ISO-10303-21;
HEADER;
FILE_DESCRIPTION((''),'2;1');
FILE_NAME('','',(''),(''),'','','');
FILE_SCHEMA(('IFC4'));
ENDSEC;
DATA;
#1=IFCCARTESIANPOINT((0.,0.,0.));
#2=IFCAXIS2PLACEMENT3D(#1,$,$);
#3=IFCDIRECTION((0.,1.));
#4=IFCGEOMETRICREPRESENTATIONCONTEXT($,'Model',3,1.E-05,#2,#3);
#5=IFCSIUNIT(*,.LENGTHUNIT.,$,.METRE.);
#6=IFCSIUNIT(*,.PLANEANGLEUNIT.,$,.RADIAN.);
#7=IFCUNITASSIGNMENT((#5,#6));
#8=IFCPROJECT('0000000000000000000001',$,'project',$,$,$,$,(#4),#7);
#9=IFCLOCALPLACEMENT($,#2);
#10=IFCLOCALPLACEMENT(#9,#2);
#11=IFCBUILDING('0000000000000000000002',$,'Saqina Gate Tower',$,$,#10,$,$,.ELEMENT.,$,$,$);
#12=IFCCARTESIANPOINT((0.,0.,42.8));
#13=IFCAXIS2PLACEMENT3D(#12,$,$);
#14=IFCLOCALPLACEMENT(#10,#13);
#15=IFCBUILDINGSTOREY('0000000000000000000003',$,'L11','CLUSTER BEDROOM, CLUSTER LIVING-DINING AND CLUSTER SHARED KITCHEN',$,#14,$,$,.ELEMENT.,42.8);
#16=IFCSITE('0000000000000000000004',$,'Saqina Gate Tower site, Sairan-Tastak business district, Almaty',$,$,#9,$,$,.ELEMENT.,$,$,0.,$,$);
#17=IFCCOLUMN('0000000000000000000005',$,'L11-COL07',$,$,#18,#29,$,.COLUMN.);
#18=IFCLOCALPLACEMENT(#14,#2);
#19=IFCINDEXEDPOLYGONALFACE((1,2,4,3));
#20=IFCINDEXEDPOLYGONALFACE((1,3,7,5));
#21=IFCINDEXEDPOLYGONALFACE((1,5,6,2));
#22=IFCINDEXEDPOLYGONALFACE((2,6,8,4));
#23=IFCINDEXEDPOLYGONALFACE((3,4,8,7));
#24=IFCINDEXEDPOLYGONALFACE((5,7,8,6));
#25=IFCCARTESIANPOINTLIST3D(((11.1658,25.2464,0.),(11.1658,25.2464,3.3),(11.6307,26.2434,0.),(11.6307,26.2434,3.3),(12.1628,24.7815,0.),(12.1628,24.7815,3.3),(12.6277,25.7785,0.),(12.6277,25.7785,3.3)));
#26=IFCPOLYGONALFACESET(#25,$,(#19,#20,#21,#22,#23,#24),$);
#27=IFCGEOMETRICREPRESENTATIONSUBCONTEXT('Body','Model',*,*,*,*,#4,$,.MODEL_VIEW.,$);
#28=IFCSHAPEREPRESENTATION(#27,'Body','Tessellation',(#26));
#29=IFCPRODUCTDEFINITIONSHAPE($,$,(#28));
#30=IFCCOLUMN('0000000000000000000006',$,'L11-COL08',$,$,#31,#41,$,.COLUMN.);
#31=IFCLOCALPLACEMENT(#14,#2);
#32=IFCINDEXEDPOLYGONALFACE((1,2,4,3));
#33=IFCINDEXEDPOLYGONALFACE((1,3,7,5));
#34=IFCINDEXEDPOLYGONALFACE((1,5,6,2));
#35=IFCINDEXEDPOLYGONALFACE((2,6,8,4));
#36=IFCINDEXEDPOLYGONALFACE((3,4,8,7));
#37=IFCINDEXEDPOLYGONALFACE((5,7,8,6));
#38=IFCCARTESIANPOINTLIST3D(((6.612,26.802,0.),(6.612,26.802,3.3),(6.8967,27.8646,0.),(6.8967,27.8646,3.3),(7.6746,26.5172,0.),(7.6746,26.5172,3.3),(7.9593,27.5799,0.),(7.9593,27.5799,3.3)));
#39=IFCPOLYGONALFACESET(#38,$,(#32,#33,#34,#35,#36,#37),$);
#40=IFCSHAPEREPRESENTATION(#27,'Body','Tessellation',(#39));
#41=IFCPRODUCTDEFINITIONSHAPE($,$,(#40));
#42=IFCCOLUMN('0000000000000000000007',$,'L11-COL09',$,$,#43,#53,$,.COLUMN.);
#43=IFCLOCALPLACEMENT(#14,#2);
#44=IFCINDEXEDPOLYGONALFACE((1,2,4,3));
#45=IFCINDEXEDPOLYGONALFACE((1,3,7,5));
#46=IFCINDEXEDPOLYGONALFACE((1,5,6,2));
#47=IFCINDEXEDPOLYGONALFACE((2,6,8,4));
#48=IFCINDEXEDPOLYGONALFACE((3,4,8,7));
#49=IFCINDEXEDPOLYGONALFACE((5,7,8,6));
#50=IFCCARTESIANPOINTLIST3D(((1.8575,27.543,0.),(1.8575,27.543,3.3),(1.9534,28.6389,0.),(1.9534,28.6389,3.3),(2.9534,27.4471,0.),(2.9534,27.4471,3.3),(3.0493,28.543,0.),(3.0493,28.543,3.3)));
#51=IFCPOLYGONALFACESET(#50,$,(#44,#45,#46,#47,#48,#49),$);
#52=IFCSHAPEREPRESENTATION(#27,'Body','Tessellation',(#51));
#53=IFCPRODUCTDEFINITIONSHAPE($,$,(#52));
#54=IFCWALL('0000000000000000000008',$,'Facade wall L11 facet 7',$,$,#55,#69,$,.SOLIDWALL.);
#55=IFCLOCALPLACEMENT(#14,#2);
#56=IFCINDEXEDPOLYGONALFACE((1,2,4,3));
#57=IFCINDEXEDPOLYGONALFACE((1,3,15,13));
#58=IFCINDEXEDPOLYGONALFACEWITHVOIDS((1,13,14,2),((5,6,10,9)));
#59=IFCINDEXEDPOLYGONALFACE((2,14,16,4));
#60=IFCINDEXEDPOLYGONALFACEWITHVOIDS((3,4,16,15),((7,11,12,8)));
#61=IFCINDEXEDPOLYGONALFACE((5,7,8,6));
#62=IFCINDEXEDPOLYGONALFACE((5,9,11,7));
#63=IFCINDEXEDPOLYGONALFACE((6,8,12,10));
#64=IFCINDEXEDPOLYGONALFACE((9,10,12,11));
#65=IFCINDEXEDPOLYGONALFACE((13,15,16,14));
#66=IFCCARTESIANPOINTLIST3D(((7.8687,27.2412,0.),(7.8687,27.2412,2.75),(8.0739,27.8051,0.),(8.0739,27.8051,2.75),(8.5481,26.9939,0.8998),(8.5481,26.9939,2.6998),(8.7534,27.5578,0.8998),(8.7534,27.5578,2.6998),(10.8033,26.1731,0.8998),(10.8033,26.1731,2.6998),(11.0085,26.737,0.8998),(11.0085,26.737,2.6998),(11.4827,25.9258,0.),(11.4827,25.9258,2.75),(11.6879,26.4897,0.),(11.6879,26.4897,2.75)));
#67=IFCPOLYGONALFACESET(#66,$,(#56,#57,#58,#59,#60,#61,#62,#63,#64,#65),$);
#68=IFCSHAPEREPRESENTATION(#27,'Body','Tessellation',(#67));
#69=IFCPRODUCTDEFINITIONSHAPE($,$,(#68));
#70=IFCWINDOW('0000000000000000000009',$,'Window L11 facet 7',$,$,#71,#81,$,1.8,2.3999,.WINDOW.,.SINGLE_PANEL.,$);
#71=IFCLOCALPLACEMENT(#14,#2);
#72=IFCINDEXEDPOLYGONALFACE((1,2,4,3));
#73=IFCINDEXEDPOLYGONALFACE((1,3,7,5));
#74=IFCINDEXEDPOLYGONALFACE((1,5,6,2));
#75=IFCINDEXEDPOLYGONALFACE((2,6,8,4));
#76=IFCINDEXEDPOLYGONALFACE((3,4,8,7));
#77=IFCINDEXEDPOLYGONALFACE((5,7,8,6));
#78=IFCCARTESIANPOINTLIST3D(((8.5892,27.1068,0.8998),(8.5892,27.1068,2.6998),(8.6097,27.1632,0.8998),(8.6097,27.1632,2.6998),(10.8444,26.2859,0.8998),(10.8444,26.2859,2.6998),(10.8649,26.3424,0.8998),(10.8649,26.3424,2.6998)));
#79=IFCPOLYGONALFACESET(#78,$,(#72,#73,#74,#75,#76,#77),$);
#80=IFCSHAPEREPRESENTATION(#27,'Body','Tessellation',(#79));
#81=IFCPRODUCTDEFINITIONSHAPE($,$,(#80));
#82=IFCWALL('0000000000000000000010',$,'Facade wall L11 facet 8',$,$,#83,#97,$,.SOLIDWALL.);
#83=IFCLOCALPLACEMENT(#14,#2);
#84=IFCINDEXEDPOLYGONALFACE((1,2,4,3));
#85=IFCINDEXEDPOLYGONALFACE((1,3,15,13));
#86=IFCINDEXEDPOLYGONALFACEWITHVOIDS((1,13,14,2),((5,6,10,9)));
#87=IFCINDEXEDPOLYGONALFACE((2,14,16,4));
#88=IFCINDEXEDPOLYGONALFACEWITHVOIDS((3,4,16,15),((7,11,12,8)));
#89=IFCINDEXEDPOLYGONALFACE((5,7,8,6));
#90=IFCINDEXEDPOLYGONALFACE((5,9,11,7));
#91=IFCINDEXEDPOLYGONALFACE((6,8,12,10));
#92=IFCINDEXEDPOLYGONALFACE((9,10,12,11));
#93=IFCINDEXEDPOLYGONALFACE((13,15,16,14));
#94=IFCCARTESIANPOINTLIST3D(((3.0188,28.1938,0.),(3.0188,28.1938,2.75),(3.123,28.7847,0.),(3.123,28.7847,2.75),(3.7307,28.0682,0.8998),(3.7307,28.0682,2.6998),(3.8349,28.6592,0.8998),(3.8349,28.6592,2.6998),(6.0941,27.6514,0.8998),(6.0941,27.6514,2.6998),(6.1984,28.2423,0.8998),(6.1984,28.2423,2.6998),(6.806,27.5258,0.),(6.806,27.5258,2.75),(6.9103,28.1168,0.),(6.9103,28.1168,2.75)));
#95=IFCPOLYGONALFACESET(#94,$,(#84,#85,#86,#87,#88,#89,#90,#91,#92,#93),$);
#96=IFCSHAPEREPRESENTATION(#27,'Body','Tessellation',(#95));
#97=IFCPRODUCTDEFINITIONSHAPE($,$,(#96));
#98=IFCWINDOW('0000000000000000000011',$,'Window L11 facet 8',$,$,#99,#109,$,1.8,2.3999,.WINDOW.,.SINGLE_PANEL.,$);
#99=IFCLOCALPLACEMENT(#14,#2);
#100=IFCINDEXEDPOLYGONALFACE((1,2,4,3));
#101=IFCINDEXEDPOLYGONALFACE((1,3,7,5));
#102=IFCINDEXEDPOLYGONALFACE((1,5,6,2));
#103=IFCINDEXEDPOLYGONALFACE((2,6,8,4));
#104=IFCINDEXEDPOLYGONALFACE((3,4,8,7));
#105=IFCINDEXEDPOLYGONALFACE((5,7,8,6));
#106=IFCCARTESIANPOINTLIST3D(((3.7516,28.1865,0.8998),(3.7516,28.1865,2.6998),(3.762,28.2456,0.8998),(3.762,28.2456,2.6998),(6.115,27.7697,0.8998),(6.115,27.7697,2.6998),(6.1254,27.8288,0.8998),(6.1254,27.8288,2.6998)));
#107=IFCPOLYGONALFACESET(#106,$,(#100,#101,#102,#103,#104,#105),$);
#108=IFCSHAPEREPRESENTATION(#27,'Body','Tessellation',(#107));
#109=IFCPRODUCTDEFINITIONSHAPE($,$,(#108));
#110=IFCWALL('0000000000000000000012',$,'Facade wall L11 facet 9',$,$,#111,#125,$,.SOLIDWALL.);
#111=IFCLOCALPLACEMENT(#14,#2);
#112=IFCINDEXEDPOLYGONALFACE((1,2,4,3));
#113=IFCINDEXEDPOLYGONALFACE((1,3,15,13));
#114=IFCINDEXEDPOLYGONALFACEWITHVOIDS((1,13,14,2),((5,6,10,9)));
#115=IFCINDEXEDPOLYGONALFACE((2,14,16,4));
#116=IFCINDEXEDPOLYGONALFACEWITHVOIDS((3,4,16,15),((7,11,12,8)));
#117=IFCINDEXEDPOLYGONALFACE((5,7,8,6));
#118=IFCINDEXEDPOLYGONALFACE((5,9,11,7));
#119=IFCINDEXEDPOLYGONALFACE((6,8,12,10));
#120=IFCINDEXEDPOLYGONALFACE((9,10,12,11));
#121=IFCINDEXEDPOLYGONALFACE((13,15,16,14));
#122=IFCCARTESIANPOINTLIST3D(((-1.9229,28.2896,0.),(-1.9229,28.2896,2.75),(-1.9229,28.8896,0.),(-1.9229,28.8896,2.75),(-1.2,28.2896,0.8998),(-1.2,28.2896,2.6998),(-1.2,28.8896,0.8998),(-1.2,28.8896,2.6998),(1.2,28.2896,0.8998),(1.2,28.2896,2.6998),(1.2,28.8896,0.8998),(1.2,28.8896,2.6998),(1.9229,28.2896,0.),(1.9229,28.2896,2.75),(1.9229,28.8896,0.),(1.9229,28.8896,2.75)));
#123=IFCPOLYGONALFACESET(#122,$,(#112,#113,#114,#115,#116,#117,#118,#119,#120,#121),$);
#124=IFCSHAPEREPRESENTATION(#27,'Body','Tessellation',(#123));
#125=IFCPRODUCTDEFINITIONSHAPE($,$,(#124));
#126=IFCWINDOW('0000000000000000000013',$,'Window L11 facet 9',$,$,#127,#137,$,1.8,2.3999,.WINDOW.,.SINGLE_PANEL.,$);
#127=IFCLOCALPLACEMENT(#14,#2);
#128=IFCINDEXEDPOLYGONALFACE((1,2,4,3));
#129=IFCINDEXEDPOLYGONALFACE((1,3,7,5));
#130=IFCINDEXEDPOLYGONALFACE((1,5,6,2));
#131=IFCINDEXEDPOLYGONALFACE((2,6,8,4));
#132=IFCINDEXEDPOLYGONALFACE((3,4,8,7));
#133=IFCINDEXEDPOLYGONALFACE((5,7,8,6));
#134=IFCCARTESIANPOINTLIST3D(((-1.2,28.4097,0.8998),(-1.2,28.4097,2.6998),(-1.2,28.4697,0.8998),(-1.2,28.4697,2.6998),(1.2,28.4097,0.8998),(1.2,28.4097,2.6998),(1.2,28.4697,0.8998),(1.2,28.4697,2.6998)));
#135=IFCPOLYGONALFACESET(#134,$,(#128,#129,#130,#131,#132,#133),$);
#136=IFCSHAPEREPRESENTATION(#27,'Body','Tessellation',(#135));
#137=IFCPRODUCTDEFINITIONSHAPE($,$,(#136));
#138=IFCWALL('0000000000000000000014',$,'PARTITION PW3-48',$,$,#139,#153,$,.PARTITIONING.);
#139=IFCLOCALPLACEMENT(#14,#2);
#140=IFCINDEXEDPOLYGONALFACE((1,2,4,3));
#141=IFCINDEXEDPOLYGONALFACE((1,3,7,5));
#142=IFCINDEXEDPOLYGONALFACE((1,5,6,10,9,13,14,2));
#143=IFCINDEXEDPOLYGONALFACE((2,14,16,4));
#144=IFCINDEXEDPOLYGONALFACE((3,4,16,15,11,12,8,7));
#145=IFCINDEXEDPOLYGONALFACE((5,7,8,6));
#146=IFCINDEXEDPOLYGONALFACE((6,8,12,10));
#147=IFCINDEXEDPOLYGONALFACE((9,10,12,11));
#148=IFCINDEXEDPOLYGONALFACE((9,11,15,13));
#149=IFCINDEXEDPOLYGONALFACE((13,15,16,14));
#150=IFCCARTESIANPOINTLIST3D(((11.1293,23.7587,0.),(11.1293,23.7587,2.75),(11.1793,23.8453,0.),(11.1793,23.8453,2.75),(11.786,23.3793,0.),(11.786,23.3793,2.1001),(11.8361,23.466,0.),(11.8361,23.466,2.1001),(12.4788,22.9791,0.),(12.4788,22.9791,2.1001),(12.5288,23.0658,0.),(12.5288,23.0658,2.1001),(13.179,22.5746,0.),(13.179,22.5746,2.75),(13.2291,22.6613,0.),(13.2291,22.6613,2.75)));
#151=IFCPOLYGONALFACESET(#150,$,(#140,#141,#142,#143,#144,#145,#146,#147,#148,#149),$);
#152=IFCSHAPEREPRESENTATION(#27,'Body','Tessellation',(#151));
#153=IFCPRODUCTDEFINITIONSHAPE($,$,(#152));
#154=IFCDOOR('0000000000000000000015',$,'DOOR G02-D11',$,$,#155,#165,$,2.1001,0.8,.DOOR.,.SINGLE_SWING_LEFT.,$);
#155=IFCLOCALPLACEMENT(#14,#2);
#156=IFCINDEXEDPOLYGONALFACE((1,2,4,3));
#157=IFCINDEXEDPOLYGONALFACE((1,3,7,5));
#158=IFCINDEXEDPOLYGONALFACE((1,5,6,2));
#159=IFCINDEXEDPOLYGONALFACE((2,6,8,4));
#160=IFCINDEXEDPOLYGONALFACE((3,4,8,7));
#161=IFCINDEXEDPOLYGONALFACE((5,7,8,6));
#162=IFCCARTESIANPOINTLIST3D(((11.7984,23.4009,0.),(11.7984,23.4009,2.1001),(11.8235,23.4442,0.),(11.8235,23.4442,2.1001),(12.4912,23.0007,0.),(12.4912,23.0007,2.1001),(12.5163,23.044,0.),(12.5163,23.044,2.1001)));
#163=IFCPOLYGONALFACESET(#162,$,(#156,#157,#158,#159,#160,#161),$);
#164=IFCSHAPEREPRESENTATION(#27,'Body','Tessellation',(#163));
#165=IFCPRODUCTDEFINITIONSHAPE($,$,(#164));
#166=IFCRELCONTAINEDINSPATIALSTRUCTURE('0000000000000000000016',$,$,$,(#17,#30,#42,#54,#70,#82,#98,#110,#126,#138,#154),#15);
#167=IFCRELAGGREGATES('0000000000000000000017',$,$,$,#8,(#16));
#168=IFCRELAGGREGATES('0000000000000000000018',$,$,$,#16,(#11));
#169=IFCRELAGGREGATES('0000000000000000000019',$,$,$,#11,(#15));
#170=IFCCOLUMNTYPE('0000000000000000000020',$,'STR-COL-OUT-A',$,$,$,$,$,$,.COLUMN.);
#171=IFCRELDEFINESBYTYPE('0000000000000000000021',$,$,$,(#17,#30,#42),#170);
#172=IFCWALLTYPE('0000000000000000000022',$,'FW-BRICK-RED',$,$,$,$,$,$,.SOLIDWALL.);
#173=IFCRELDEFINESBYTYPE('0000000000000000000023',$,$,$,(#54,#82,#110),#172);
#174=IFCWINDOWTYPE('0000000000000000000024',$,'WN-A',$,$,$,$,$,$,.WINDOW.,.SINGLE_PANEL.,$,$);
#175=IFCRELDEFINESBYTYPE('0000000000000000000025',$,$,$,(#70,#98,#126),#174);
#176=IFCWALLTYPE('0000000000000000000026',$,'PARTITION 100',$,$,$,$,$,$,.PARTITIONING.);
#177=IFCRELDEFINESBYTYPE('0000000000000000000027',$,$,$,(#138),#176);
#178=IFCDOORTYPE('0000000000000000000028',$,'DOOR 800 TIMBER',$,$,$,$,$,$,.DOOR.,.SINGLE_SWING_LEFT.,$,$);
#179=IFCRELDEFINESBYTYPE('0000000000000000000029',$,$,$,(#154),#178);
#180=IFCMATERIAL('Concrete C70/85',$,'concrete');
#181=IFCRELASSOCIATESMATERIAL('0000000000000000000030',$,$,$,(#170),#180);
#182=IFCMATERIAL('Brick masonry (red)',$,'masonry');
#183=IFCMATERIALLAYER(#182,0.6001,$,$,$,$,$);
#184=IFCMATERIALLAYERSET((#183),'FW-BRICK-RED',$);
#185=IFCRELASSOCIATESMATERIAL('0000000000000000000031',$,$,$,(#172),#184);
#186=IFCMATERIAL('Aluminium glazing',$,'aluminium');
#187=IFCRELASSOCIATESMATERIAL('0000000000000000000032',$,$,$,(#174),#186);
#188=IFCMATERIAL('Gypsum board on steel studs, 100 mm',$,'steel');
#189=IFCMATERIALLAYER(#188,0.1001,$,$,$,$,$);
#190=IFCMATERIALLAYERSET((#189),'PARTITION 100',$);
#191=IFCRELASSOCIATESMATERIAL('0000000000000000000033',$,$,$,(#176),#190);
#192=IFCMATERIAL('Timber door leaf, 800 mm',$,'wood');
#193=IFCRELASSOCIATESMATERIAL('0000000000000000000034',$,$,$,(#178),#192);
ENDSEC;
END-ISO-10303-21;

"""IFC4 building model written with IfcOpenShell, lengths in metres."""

from ifc_helpers import new_model, si_unit, direction, frame, frame_2d, origin, origin_2d, place, context, subcontext, project, spatial, rectangle, extrude, material, layer, layer_set, material_profile, profile_set, type_object, element, fill, save


model = new_model("IFC4")

# Units and contexts
model_context = context("Model", 3, precision=1e-05, world=origin(), true_north=direction((0.0, 1.0)))
body_context = subcontext(model_context, "Body", "Model", "MODEL_VIEW")
ifc_project = project(units=[si_unit("LENGTHUNIT", "METRE"), si_unit("PLANEANGLEUNIT", "RADIAN")], contexts=[model_context])

# Site, building, storey
site_placement = place(None, origin())
site = spatial("IfcSite", under=ifc_project, at=site_placement, Name="Saqina Gate Tower site, Sairan-Tastak business district, Almaty", CompositionType="ELEMENT", RefElevation=0.0)
building_placement = place(site_placement, origin())
building = spatial("IfcBuilding", under=site, at=building_placement, Name="Saqina Gate Tower", CompositionType="ELEMENT")
storey_placement = place(building_placement, frame((0.0, 0.0, 42.8)))
storey = spatial("IfcBuildingStorey", under=building, at=storey_placement, Name="L11", Description="CLUSTER BEDROOM, CLUSTER LIVING-DINING AND CLUSTER SHARED KITCHEN", CompositionType="ELEMENT", Elevation=42.8)

# Columns
ifc_material_1 = material(Name="Concrete C70/85", Category="concrete")
ifc_material_profile = material_profile(ifc_material_1, rectangle(XDim=1.1001, YDim=1.1001, at=origin_2d()), Name="RC 1100x1100")
ifc_profile_set = profile_set([ifc_material_profile], Name="Concrete C70/85")
column_type = type_object("IfcColumnType", Name="STR-COL-OUT-A", PredefinedType="COLUMN", material=ifc_profile_set)
for number, where, z_axis, x_axis, name in (
    (1, (11.8967, 25.5125, 0.0), (0.0, 0.0, 1.0), (0.422618, 0.906308, 0.0), "L11-COL07"),
    (2, (7.2856, 27.1909, 0.0), (0.0, 0.0, 1.0), (0.258819, 0.965926, 0.0), "L11-COL08"),
    (3, (2.4534, 28.043, 0.0), (0.0, 0.0, 1.0), (0.087156, 0.996195, 0.0), "L11-COL09"),
):
    element("IfcColumn", number, at=place(storey_placement, frame(where, z_axis=z_axis, x_axis=x_axis)), inside=storey, type_object=column_type, Name=name, PredefinedType="COLUMN", context=body_context, shape_type="SweptSolid", body=[
        extrude(rectangle(XDim=1.1001, YDim=1.1001, at=origin_2d()), origin(), (0.0, 0.0, 1.0), 3.3),
    ])

# Walls, openings, windows
ifc_material_2 = material(Name="Brick masonry (red)", Category="masonry")
ifc_layer_1 = layer(ifc_material_2, 0.6001)
ifc_layer_set_1 = layer_set([ifc_layer_1], Name="FW-BRICK-RED")
wall_type_1 = type_object("IfcWallType", Name="FW-BRICK-RED", PredefinedType="SOLIDWALL", material=ifc_layer_set_1)
wall_1_placement = place(storey_placement, frame((11.5852, 26.2078, 0.0), z_axis=(0.0, 0.0, 1.0), x_axis=(-0.93969, 0.342028, 0.0)))
wall_1 = element("IfcWall", 4, at=wall_1_placement, inside=storey, type_object=wall_type_1, Name="Facade wall L11 facet 7", PredefinedType="SOLIDWALL", context=body_context, shape_type="SweptSolid", body=[
    extrude(rectangle(XDim=3.8459, YDim=0.6001, at=frame_2d((1.9229, 0.0))), origin(), (0.0, 0.0, 1.0), 2.75),
])
opening_1_placement = place(wall_1_placement, frame((0.7229, 0.0, 0.8999)))
opening_1 = element("IfcOpeningElement", 5, at=opening_1_placement, cuts=wall_1, PredefinedType="OPENING", context=body_context, shape_type="SweptSolid", body=[
    extrude(rectangle(XDim=2.3999, YDim=1.8, at=frame_2d((1.2, 0.8999))), frame((0.0, 0.312, 0.0), z_axis=(0.0, -1.0, 0.0), x_axis=(1.0, 0.0, 0.0)), (0.0, 0.0, 1.0), 0.624),
])
ifc_material_3 = material(Name="Aluminium glazing", Category="aluminium")
window_type = type_object("IfcWindowType", Name="WN-A", PartitioningType="SINGLE_PANEL", PredefinedType="WINDOW", material=ifc_material_3)
window_1_placement = place(opening_1_placement, origin())
window_1 = element("IfcWindow", 6, at=window_1_placement, inside=storey, type_object=window_type, Name="Window L11 facet 7", OverallHeight=1.8, OverallWidth=2.3999, PartitioningType="SINGLE_PANEL", PredefinedType="WINDOW", context=body_context, shape_type="SweptSolid", body=[
    extrude(rectangle(XDim=2.3999, YDim=1.8, at=frame_2d((1.2, 0.8999))), frame((0.0, 0.1799, 0.0), z_axis=(0.0, -1.0, 0.0), x_axis=(1.0, 0.0, 0.0)), (0.0, 0.0, 1.0), 0.0601),
])
fill(opening_1, window_1)
wall_2_placement = place(storey_placement, frame((6.8582, 27.8213, 0.0), z_axis=(0.0, 0.0, 1.0), x_axis=(-0.984801, 0.173688, 0.0)))
wall_2 = element("IfcWall", 7, at=wall_2_placement, inside=storey, type_object=wall_type_1, Name="Facade wall L11 facet 8", PredefinedType="SOLIDWALL", context=body_context, shape_type="SweptSolid", body=[
    extrude(rectangle(XDim=3.8457, YDim=0.6001, at=frame_2d((1.9229, 0.0))), origin(), (0.0, 0.0, 1.0), 2.75),
])
opening_2_placement = place(wall_2_placement, frame((0.7229, 0.0, 0.8999)))
opening_2 = element("IfcOpeningElement", 8, at=opening_2_placement, cuts=wall_2, PredefinedType="OPENING", context=body_context, shape_type="SweptSolid", body=[
    extrude(rectangle(XDim=2.3999, YDim=1.8, at=frame_2d((1.2, 0.8999))), frame((0.0, 0.312, 0.0), z_axis=(0.0, -1.0, 0.0), x_axis=(1.0, 0.0, 0.0)), (0.0, 0.0, 1.0), 0.624),
])
window_2_placement = place(opening_2_placement, origin())
window_2 = element("IfcWindow", 9, at=window_2_placement, inside=storey, type_object=window_type, Name="Window L11 facet 8", OverallHeight=1.8, OverallWidth=2.3999, PartitioningType="SINGLE_PANEL", PredefinedType="WINDOW", context=body_context, shape_type="SweptSolid", body=[
    extrude(rectangle(XDim=2.3999, YDim=1.8, at=frame_2d((1.2, 0.8999))), frame((0.0, 0.1799, 0.0), z_axis=(0.0, -1.0, 0.0), x_axis=(1.0, 0.0, 0.0)), (0.0, 0.0, 1.0), 0.0601),
])
fill(opening_2, window_2)
wall_3_placement = place(storey_placement, frame((1.9229, 28.5896, 0.0), z_axis=(0.0, 0.0, 1.0), x_axis=(-1.0, 0.0, 0.0)))
wall_3 = element("IfcWall", 10, at=wall_3_placement, inside=storey, type_object=wall_type_1, Name="Facade wall L11 facet 9", PredefinedType="SOLIDWALL", context=body_context, shape_type="SweptSolid", body=[
    extrude(rectangle(XDim=3.8457, YDim=0.6001, at=frame_2d((1.9229, 0.0))), origin(), (0.0, 0.0, 1.0), 2.75),
])
opening_3_placement = place(wall_3_placement, frame((0.7229, 0.0, 0.8999)))
opening_3 = element("IfcOpeningElement", 11, at=opening_3_placement, cuts=wall_3, PredefinedType="OPENING", context=body_context, shape_type="SweptSolid", body=[
    extrude(rectangle(XDim=2.3999, YDim=1.8, at=frame_2d((1.2, 0.8999))), frame((0.0, 0.312, 0.0), z_axis=(0.0, -1.0, 0.0), x_axis=(1.0, 0.0, 0.0)), (0.0, 0.0, 1.0), 0.624),
])
window_3_placement = place(opening_3_placement, origin())
window_3 = element("IfcWindow", 12, at=window_3_placement, inside=storey, type_object=window_type, Name="Window L11 facet 9", OverallHeight=1.8, OverallWidth=2.3999, PartitioningType="SINGLE_PANEL", PredefinedType="WINDOW", context=body_context, shape_type="SweptSolid", body=[
    extrude(rectangle(XDim=2.3999, YDim=1.8, at=frame_2d((1.2, 0.8999))), frame((0.0, 0.1799, 0.0), z_axis=(0.0, -1.0, 0.0), x_axis=(1.0, 0.0, 0.0)), (0.0, 0.0, 1.0), 0.0601),
])
fill(opening_3, window_3)

# Wall, opening, door
ifc_material_4 = material(Name="Gypsum board on steel studs, 100 mm", Category="steel")
ifc_layer_2 = layer(ifc_material_4, 0.1001)
ifc_layer_set_2 = layer_set([ifc_layer_2], Name="PARTITION 100")
wall_type_2 = type_object("IfcWallType", Name="PARTITION 100", PredefinedType="PARTITIONING", material=ifc_layer_set_2)
wall_4_placement = place(storey_placement, frame((11.1543, 23.802, 0.0), z_axis=(0.0, 0.0, 1.0), x_axis=(0.865911, -0.500199, 0.0)))
wall_4 = element("IfcWall", 13, at=wall_4_placement, inside=storey, type_object=wall_type_2, Name="PARTITION PW3-48", PredefinedType="PARTITIONING", context=body_context, shape_type="SweptSolid", body=[
    extrude(rectangle(XDim=2.3672, YDim=0.1001, at=frame_2d((1.1836, 0.0))), origin(), (0.0, 0.0, 1.0), 2.75),
])
opening_4_placement = place(wall_4_placement, frame((0.7585, 0.0, 0.0)))
opening_4 = element("IfcOpeningElement", 14, at=opening_4_placement, cuts=wall_4, PredefinedType="OPENING", context=body_context, shape_type="SweptSolid", body=[
    extrude(rectangle(XDim=0.8, YDim=2.1001, at=frame_2d((0.3999, 1.05))), frame((0.0, 0.062, 0.0), z_axis=(0.0, -1.0, 0.0), x_axis=(1.0, 0.0, 0.0)), (0.0, 0.0, 1.0), 0.124),
])
ifc_material_5 = material(Name="Timber door leaf, 800 mm", Category="wood")
door_type_1 = type_object("IfcDoorType", Name="DOOR 800 TIMBER", OperationType="SINGLE_SWING_LEFT", PredefinedType="DOOR", material=ifc_material_5)
door_1_placement = place(opening_4_placement, origin())
door_1 = element("IfcDoor", 15, at=door_1_placement, inside=storey, type_object=door_type_1, Name="DOOR G02-D11", OperationType="SINGLE_SWING_LEFT", OverallHeight=2.1001, OverallWidth=0.8, PredefinedType="DOOR", context=body_context, shape_type="SweptSolid", body=[
    extrude(rectangle(XDim=0.8, YDim=2.1001, at=frame_2d((0.3999, 1.05))), frame((0.0, 0.0249, 0.0), z_axis=(0.0, -1.0, 0.0), x_axis=(1.0, 0.0, 0.0)), (0.0, 0.0, 1.0), 0.05),
])
fill(opening_4, door_1)

save(model, "model.ifc")
